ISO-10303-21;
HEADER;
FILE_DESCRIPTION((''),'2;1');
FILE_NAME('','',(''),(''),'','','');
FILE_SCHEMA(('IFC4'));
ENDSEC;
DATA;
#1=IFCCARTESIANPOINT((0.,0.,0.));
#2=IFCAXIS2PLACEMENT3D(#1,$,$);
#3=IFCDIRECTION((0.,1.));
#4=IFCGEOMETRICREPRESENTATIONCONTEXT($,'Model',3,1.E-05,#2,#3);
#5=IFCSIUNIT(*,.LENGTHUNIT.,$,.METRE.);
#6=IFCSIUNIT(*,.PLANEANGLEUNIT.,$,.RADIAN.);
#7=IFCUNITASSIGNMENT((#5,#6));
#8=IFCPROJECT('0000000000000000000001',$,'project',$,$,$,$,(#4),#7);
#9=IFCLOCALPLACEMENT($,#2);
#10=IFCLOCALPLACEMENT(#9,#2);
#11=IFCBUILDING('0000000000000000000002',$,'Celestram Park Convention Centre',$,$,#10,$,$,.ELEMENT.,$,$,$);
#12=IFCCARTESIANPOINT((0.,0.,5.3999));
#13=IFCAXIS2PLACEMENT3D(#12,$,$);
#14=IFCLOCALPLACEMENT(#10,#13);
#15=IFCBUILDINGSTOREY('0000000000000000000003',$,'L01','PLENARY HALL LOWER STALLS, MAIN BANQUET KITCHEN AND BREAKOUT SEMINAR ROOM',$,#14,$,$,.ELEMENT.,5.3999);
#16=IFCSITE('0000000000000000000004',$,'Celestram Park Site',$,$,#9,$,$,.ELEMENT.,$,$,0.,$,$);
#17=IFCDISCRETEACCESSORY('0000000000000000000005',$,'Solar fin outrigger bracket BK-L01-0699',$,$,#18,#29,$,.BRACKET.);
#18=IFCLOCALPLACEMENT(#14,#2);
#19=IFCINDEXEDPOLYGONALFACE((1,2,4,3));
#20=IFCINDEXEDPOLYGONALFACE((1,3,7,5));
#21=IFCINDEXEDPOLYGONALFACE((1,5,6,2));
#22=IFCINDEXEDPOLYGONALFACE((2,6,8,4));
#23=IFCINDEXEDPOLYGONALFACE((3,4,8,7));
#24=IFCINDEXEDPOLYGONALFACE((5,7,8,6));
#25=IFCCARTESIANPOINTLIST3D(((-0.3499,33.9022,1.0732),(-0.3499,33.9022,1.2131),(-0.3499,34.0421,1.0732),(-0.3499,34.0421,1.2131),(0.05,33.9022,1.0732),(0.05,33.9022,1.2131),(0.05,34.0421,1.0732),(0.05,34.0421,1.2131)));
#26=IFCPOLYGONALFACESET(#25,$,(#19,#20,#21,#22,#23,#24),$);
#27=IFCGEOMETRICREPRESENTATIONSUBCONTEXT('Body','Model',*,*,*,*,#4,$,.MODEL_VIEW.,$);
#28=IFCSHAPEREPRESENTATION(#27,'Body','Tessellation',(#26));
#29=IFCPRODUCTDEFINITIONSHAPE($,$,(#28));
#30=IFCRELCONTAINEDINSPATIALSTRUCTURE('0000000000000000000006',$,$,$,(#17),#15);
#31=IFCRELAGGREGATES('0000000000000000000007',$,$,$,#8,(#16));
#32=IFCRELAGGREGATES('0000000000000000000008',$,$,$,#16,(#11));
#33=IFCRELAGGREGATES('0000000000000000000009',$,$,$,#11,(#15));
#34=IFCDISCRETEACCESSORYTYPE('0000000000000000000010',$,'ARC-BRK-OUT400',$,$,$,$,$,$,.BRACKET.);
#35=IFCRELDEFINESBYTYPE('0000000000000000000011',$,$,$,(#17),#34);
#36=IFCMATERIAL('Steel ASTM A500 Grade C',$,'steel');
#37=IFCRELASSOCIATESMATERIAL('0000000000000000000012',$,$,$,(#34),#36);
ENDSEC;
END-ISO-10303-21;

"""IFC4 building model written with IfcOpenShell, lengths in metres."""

from ifc_helpers import new_model, si_unit, direction, frame, origin, origin_2d, place, context, subcontext, project, spatial, rectangle, extrude, material, type_object, element, save


model = new_model("IFC4")

# Units and contexts
model_context = context("Model", 3, precision=1e-05, world=origin(), true_north=direction((0.0, 1.0)))
body_context = subcontext(model_context, "Body", "Model", "MODEL_VIEW")
ifc_project = project(units=[si_unit("LENGTHUNIT", "METRE"), si_unit("PLANEANGLEUNIT", "RADIAN")], contexts=[model_context])

# Site, building, storey
site_placement = place(None, origin())
site = spatial("IfcSite", under=ifc_project, at=site_placement, Name="Celestram Park Site", CompositionType="ELEMENT", RefElevation=0.0)
building_placement = place(site_placement, origin())
building = spatial("IfcBuilding", under=site, at=building_placement, Name="Celestram Park Convention Centre", CompositionType="ELEMENT")
storey_placement = place(building_placement, frame((0.0, 0.0, 5.3999)))
storey = spatial("IfcBuildingStorey", under=building, at=storey_placement, Name="L01", Description="PLENARY HALL LOWER STALLS, MAIN BANQUET KITCHEN AND BREAKOUT SEMINAR ROOM", CompositionType="ELEMENT", Elevation=5.3999)

# Shared definitions
ifc_material_1 = material(Name="Steel ASTM A500 Grade C", Category="steel")

# Discrete accessory
discrete_accessory_type = type_object("IfcDiscreteAccessoryType", Name="ARC-BRK-OUT400", PredefinedType="BRACKET", material=ifc_material_1)
for number, where, z_axis, x_axis, name in (
    (1, (-0.1499, 33.9722, 1.0732), (0.0, 0.0, 1.0), (-1.0, 0.0, 0.0), "Solar fin outrigger bracket BK-L01-0699"),
):
    element("IfcDiscreteAccessory", number, at=place(storey_placement, frame(where, z_axis=z_axis, x_axis=x_axis)), inside=storey, type_object=discrete_accessory_type, Name=name, PredefinedType="BRACKET", context=body_context, shape_type="SweptSolid", body=[
        extrude(rectangle(XDim=0.3999, YDim=0.1399, at=origin_2d()), origin(), (0.0, 0.0, 1.0), 0.1399),
    ])

save(model, "model.ifc")
